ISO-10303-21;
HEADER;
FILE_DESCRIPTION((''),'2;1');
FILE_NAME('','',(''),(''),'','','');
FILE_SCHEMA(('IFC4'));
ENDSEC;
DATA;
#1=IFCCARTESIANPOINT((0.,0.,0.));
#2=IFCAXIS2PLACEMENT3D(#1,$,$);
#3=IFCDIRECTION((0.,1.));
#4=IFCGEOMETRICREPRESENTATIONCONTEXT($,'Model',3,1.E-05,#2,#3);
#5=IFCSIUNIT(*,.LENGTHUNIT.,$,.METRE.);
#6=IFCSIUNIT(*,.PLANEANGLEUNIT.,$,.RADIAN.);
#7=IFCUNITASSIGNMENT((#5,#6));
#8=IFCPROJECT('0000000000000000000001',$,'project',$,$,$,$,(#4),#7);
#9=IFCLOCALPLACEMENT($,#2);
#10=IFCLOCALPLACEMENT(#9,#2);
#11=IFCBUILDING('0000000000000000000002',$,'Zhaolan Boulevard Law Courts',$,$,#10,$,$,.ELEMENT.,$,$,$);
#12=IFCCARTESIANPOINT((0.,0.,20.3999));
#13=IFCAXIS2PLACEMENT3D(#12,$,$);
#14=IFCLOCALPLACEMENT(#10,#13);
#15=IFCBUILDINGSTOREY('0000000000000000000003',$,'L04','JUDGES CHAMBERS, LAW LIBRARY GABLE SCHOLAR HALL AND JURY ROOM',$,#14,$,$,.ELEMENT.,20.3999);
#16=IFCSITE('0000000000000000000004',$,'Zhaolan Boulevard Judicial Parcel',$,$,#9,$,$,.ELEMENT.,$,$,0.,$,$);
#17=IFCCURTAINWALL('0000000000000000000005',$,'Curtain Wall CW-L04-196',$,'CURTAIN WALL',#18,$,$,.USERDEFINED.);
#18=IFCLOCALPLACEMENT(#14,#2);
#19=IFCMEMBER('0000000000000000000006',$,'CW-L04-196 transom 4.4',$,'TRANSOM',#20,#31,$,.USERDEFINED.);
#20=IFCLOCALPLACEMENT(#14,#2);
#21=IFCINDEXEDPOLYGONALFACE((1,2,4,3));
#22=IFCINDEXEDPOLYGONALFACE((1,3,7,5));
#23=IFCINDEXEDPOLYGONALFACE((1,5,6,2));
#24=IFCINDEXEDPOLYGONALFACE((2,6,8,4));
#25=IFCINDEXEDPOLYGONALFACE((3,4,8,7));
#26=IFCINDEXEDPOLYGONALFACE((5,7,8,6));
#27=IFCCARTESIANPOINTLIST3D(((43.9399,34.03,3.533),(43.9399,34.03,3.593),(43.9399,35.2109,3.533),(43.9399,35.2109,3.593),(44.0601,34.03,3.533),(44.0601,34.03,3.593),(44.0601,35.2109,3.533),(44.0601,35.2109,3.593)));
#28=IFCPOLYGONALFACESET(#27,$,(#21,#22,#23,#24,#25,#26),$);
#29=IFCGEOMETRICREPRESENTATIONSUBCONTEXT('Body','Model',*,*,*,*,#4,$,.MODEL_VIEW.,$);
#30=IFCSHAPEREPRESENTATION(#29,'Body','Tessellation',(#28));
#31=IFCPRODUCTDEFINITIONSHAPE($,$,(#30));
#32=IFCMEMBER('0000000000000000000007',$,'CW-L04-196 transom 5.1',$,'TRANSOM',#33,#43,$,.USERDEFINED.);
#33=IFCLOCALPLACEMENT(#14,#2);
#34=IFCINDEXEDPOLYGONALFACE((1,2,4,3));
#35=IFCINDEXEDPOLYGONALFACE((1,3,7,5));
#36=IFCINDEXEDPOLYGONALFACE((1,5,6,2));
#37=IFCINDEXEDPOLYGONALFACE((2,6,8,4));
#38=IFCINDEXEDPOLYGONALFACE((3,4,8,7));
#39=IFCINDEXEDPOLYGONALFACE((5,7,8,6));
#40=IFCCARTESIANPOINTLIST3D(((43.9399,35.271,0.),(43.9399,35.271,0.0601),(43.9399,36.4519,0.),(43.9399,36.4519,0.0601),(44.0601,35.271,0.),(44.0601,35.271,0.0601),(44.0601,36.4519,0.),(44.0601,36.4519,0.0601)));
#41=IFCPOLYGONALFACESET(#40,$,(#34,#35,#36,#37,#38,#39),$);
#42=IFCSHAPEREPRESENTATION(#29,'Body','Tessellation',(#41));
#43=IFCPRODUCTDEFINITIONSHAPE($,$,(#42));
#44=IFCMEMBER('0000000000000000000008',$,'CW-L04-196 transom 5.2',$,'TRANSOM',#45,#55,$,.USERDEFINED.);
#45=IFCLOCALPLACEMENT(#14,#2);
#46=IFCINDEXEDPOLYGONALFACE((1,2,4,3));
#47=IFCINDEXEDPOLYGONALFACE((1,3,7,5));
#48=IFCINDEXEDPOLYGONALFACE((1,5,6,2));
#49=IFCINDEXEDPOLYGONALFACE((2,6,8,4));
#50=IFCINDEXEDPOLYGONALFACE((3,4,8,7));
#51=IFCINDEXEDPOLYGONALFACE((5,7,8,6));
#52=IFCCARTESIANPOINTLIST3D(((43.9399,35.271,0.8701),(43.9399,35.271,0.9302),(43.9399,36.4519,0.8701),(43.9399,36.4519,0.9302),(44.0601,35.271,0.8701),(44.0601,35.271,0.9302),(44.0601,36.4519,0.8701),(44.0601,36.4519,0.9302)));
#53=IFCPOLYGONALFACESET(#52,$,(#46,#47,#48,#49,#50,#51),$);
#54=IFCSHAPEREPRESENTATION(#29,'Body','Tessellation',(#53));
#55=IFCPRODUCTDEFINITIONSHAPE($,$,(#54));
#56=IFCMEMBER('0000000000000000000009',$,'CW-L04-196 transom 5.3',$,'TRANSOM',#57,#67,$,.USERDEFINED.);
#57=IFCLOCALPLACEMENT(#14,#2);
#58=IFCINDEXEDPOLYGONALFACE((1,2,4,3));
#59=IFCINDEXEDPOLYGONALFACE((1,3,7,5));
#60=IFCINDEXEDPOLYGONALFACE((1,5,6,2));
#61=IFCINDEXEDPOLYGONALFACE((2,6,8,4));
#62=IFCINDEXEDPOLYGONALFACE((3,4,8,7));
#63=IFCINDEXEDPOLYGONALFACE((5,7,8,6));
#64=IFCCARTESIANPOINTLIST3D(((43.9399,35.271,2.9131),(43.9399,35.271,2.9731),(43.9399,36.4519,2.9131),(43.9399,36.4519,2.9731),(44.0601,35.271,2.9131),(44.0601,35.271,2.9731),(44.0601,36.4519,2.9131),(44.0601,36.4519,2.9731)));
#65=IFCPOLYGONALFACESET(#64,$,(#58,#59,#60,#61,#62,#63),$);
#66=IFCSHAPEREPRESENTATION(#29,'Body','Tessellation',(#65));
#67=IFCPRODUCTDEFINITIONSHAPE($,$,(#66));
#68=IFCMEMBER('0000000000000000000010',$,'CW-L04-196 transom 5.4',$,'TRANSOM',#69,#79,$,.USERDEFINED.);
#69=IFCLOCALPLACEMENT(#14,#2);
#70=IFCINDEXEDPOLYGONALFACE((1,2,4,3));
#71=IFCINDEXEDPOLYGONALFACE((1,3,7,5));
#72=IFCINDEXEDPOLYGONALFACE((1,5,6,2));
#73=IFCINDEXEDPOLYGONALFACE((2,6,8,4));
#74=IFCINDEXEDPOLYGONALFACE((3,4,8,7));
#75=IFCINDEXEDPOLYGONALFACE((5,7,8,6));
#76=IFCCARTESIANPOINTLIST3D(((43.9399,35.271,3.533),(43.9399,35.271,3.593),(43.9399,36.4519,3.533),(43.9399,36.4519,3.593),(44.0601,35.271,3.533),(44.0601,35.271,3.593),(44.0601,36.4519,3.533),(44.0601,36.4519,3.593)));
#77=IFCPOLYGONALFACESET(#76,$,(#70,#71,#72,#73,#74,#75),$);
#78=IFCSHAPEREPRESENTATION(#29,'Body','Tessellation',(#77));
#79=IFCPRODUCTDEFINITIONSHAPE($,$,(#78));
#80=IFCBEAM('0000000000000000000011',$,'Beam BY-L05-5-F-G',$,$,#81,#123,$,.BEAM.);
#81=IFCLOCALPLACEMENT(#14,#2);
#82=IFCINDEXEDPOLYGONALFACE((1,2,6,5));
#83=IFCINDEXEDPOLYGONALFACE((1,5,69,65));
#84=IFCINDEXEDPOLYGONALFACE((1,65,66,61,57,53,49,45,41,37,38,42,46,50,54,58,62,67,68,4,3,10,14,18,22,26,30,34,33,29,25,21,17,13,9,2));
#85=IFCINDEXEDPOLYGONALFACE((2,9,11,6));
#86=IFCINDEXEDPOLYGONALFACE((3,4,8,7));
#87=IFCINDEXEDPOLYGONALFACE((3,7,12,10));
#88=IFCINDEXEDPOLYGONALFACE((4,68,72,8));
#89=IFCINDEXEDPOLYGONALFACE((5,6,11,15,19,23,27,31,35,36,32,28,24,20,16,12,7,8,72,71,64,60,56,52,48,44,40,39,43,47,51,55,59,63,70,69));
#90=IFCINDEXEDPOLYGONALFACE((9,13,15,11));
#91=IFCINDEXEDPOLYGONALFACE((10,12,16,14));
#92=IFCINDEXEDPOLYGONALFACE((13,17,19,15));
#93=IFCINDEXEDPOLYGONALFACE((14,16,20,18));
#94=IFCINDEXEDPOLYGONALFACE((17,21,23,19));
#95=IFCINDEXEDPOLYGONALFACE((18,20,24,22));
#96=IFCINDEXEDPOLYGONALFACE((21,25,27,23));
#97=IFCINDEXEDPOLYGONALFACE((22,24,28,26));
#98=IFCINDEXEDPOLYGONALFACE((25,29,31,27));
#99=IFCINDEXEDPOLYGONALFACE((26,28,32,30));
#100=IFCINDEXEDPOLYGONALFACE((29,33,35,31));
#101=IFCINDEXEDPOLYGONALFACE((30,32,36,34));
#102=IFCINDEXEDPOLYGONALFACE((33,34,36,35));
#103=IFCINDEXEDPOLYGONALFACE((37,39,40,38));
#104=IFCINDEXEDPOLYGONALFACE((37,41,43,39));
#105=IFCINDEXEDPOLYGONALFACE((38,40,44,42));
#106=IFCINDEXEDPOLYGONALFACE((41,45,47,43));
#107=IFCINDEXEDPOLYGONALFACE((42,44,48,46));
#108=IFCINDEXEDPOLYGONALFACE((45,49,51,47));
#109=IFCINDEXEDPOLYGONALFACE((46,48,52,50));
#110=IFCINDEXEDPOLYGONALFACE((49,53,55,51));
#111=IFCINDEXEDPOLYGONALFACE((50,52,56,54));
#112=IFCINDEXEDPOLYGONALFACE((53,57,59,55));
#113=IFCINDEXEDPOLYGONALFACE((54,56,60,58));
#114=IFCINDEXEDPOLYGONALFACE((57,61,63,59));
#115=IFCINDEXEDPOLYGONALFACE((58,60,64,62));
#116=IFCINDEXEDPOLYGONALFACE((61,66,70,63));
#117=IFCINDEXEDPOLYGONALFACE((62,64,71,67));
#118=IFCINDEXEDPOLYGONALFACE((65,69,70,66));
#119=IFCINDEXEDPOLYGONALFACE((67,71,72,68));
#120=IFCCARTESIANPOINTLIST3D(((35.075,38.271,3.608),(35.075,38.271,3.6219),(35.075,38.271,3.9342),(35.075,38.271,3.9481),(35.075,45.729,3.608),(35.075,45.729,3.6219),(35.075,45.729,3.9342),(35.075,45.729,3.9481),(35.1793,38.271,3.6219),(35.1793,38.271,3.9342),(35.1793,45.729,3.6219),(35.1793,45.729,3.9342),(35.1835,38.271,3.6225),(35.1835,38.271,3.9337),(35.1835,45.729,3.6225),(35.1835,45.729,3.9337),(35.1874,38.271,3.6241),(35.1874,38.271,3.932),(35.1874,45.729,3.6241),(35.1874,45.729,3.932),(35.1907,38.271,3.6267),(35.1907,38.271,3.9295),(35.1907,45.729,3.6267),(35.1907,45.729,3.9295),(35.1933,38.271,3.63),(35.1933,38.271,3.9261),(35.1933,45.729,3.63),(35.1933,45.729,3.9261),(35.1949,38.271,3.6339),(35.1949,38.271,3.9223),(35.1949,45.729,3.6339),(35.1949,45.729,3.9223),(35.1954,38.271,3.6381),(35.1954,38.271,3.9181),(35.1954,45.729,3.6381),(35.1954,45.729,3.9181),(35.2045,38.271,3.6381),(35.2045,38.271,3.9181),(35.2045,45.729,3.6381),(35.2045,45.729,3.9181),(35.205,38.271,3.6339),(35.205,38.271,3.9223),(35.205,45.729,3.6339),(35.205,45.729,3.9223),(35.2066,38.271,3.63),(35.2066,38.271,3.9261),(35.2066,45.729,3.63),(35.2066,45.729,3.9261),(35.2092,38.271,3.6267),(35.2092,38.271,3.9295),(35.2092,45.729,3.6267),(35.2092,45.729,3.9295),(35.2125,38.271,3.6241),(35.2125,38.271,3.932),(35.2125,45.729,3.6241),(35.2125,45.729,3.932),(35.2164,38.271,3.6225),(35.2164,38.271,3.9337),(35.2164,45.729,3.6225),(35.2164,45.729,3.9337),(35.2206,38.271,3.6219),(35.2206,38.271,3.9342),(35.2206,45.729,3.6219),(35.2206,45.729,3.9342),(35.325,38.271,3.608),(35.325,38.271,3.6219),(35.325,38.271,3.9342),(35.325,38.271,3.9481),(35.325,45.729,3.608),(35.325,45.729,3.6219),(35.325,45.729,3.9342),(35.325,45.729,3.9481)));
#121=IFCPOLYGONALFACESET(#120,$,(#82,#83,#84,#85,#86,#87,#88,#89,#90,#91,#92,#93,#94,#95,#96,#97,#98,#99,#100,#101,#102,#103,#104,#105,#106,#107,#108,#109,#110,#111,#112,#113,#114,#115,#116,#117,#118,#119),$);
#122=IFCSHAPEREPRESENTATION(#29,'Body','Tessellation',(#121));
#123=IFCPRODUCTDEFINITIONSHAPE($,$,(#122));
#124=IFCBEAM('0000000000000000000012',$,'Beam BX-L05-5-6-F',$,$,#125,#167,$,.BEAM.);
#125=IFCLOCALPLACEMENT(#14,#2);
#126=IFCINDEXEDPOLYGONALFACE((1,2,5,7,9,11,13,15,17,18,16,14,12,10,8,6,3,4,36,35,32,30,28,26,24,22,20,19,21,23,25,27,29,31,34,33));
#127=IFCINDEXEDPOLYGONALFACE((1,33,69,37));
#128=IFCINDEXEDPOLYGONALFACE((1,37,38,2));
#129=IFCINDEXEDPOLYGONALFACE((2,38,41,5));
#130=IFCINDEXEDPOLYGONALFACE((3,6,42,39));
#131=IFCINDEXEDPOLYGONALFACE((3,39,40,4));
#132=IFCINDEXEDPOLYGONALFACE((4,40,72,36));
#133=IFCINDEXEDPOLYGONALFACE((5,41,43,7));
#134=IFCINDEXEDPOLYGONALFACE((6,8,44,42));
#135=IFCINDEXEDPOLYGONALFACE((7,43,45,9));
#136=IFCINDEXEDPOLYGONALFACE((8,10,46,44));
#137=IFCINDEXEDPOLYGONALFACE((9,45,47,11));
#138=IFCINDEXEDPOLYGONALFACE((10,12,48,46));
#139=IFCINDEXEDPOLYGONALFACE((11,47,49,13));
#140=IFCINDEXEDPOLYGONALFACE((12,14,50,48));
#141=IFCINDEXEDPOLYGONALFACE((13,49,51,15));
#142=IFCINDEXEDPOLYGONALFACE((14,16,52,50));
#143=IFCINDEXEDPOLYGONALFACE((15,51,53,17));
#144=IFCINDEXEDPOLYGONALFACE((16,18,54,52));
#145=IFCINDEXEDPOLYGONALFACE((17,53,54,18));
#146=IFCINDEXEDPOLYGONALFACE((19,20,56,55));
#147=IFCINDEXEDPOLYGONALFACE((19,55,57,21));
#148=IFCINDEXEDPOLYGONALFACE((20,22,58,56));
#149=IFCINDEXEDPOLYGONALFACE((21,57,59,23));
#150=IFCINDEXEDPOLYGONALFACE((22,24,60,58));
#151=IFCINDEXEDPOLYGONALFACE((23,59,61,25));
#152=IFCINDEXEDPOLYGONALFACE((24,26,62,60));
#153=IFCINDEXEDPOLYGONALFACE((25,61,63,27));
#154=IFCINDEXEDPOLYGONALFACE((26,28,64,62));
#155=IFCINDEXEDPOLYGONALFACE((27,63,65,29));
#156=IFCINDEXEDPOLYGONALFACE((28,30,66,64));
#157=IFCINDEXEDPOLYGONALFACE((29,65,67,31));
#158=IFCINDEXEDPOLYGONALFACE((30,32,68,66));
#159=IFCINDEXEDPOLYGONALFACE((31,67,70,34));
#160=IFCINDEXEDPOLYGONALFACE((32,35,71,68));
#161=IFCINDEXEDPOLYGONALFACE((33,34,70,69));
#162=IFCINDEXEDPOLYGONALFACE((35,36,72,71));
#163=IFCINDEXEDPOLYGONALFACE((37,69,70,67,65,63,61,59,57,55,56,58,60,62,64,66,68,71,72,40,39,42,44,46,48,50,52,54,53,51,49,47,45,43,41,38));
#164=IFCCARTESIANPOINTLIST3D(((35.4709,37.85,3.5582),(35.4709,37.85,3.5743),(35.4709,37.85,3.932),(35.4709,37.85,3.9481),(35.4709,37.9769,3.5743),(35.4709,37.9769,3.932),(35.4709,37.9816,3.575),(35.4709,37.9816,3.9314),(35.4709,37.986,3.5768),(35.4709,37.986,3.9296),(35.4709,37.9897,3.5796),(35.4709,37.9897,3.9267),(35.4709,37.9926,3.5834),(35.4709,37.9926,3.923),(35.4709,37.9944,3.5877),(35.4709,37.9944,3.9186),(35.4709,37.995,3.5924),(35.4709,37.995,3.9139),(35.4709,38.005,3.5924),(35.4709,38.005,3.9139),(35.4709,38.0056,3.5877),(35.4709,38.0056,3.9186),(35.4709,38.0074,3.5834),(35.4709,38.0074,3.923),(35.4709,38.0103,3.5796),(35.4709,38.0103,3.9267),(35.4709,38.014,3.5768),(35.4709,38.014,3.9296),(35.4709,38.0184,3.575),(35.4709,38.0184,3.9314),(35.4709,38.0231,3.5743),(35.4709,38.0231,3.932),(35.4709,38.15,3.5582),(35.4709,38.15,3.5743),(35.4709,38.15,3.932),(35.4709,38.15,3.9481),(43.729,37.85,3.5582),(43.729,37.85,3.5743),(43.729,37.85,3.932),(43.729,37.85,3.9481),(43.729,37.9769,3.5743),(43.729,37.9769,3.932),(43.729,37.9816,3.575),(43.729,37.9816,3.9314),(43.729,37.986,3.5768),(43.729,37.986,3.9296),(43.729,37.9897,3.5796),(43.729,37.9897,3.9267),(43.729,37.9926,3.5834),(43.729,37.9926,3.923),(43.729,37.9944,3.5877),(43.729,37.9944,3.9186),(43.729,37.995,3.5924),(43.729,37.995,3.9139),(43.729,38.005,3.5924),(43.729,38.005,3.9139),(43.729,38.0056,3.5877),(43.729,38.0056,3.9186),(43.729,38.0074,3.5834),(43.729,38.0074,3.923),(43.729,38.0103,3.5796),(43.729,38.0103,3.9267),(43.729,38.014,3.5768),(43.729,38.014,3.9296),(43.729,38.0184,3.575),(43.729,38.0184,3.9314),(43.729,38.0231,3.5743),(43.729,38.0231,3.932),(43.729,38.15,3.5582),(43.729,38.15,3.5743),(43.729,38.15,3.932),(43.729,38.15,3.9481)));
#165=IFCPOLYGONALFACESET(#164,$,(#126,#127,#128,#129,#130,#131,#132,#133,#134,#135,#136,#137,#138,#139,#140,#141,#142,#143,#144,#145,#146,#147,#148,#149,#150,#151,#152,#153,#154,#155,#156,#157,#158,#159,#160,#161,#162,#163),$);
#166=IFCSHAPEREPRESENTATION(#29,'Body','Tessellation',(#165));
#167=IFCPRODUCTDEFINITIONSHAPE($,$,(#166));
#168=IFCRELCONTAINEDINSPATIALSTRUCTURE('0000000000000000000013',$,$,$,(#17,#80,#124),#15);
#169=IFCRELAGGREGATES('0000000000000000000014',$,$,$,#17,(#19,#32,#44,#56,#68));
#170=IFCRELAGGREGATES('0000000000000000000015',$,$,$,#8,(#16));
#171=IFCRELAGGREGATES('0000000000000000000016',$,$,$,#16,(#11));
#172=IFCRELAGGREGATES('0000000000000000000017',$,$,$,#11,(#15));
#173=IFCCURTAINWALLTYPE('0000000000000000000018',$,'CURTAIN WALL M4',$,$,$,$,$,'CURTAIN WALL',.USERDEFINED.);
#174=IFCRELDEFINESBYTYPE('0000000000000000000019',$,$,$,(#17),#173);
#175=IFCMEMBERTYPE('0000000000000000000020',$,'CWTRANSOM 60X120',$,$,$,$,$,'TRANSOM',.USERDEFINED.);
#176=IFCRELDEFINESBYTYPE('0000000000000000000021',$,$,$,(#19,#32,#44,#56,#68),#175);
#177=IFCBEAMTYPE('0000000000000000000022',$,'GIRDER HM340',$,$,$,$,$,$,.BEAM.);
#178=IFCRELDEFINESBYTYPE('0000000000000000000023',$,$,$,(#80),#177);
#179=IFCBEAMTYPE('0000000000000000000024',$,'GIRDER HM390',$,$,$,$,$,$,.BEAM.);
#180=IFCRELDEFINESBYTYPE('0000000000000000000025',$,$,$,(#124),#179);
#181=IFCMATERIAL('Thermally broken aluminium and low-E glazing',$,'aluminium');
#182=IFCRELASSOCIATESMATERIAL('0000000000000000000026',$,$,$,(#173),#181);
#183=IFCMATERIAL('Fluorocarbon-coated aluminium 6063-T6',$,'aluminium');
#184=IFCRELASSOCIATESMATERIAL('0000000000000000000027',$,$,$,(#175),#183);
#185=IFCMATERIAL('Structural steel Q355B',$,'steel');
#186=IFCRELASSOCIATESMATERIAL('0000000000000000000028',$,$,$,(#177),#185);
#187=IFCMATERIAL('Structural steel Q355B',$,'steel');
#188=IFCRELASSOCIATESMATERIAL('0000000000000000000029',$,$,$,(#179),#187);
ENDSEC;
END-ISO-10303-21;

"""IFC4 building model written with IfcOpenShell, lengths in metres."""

from ifc_helpers import new_model, si_unit, direction, frame, origin, origin_2d, place, context, subcontext, project, spatial, rectangle, i_section, extrude, material, material_profile, profile_set, type_object, element, aggregate, save


model = new_model("IFC4")

# Units and contexts
model_context = context("Model", 3, precision=1e-05, world=origin(), true_north=direction((0.0, 1.0)))
body_context = subcontext(model_context, "Body", "Model", "MODEL_VIEW")
ifc_project = project(units=[si_unit("LENGTHUNIT", "METRE"), si_unit("PLANEANGLEUNIT", "RADIAN")], contexts=[model_context])

# Site, building, storey
site_placement = place(None, origin())
site = spatial("IfcSite", under=ifc_project, at=site_placement, Name="Zhaolan Boulevard Judicial Parcel", CompositionType="ELEMENT", RefElevation=0.0)
building_placement = place(site_placement, origin())
building = spatial("IfcBuilding", under=site, at=building_placement, Name="Zhaolan Boulevard Law Courts", CompositionType="ELEMENT")
storey_placement = place(building_placement, frame((0.0, 0.0, 20.3999)))
storey = spatial("IfcBuildingStorey", under=building, at=storey_placement, Name="L04", Description="JUDGES CHAMBERS, LAW LIBRARY GABLE SCHOLAR HALL AND JURY ROOM", CompositionType="ELEMENT", Elevation=20.3999)

# Curtain wall, members
ifc_material_1 = material(Name="Thermally broken aluminium and low-E glazing", Category="aluminium")
curtain_wall_type = type_object("IfcCurtainWallType", Name="CURTAIN WALL M4", ElementType="CURTAIN WALL", PredefinedType="USERDEFINED", material=ifc_material_1)
curtain_wall_placement = place(storey_placement, origin())
curtain_wall = element("IfcCurtainWall", 1, at=curtain_wall_placement, inside=storey, type_object=curtain_wall_type, Name="Curtain Wall CW-L04-196", ObjectType="CURTAIN WALL", PredefinedType="USERDEFINED")
ifc_material_2 = material(Name="Fluorocarbon-coated aluminium 6063-T6", Category="aluminium")
ifc_material_profile_1 = material_profile(ifc_material_2, rectangle(XDim=0.1201, YDim=0.0601, at=origin_2d()), Name="AL60x120")
ifc_profile_set_1 = profile_set([ifc_material_profile_1], Name="Fluorocarbon-coated aluminium 6063-T6")
member_type_1 = type_object("IfcMemberType", Name="CWTRANSOM 60X120", ElementType="TRANSOM", PredefinedType="USERDEFINED", material=ifc_profile_set_1)
member_1_placement = place(storey_placement, frame((44.0, 34.03, 3.563), z_axis=(0.0, 1.0, 0.0), x_axis=(-1.0, 0.0, 0.0)))
member_1 = element("IfcMember", 2, at=member_1_placement, type_object=member_type_1, Name="CW-L04-196 transom 4.4", ObjectType="TRANSOM", PredefinedType="USERDEFINED", context=body_context, shape_type="SweptSolid", body=[
    extrude(rectangle(XDim=0.1201, YDim=0.0601, at=origin_2d()), origin(), (0.0, 0.0, 1.0), 1.1809),
])
member_2_placement = place(storey_placement, frame((44.0, 35.271, 0.03), z_axis=(0.0, 1.0, 0.0), x_axis=(-1.0, 0.0, 0.0)))
member_2 = element("IfcMember", 3, at=member_2_placement, type_object=member_type_1, Name="CW-L04-196 transom 5.1", ObjectType="TRANSOM", PredefinedType="USERDEFINED", context=body_context, shape_type="SweptSolid", body=[
    extrude(rectangle(XDim=0.1201, YDim=0.0601, at=origin_2d()), origin(), (0.0, 0.0, 1.0), 1.1809),
])
member_3_placement = place(storey_placement, frame((44.0, 35.271, 0.9001), z_axis=(0.0, 1.0, 0.0), x_axis=(-1.0, 0.0, 0.0)))
member_3 = element("IfcMember", 4, at=member_3_placement, type_object=member_type_1, Name="CW-L04-196 transom 5.2", ObjectType="TRANSOM", PredefinedType="USERDEFINED", context=body_context, shape_type="SweptSolid", body=[
    extrude(rectangle(XDim=0.1201, YDim=0.0601, at=origin_2d()), origin(), (0.0, 0.0, 1.0), 1.1809),
])
member_4_placement = place(storey_placement, frame((44.0, 35.271, 2.9431), z_axis=(0.0, 1.0, 0.0), x_axis=(-1.0, 0.0, 0.0)))
member_4 = element("IfcMember", 5, at=member_4_placement, type_object=member_type_1, Name="CW-L04-196 transom 5.3", ObjectType="TRANSOM", PredefinedType="USERDEFINED", context=body_context, shape_type="SweptSolid", body=[
    extrude(rectangle(XDim=0.1201, YDim=0.0601, at=origin_2d()), origin(), (0.0, 0.0, 1.0), 1.1809),
])
member_5_placement = place(storey_placement, frame((44.0, 35.271, 3.563), z_axis=(0.0, 1.0, 0.0), x_axis=(-1.0, 0.0, 0.0)))
member_5 = element("IfcMember", 6, at=member_5_placement, type_object=member_type_1, Name="CW-L04-196 transom 5.4", ObjectType="TRANSOM", PredefinedType="USERDEFINED", context=body_context, shape_type="SweptSolid", body=[
    extrude(rectangle(XDim=0.1201, YDim=0.0601, at=origin_2d()), origin(), (0.0, 0.0, 1.0), 1.1809),
])

# Beams
ifc_material_3 = material(Name="Structural steel Q355B", Category="steel")
ifc_material_profile_2 = material_profile(ifc_material_3, i_section(OverallWidth=0.25, OverallDepth=0.3401, WebThickness=0.009, FlangeThickness=0.0139, FilletRadius=0.0161, at=origin_2d()), Name="HM340x250")
ifc_profile_set_2 = profile_set([ifc_material_profile_2], Name="Structural steel Q355B")
beam_type_1 = type_object("IfcBeamType", Name="GIRDER HM340", PredefinedType="BEAM", material=ifc_profile_set_2)
beam_1_placement = place(storey_placement, frame((35.2, 38.271, 3.7781), z_axis=(0.0, 1.0, 0.0), x_axis=(-1.0, 0.0, 0.0)))
element("IfcBeam", 7, at=beam_1_placement, inside=storey, type_object=beam_type_1, Name="Beam BY-L05-5-F-G", PredefinedType="BEAM", context=body_context, shape_type="SweptSolid", body=[
    extrude(i_section(OverallWidth=0.25, OverallDepth=0.3401, WebThickness=0.009, FlangeThickness=0.0139, FilletRadius=0.0161, at=origin_2d()), origin(), (0.0, 0.0, 1.0), 7.458),
])
ifc_material_4 = material(Name="Structural steel Q355B", Category="steel")
ifc_material_profile_3 = material_profile(ifc_material_4, i_section(OverallWidth=0.3, OverallDepth=0.3899, WebThickness=0.01, FlangeThickness=0.0161, FilletRadius=0.0181, at=origin_2d()), Name="HM390x300")
ifc_profile_set_3 = profile_set([ifc_material_profile_3], Name="Structural steel Q355B")
beam_type_2 = type_object("IfcBeamType", Name="GIRDER HM390", PredefinedType="BEAM", material=ifc_profile_set_3)
beam_2_placement = place(storey_placement, frame((35.4709, 38.0, 3.7532), z_axis=(1.0, 0.0, 0.0), x_axis=(0.0, 1.0, 0.0)))
element("IfcBeam", 8, at=beam_2_placement, inside=storey, type_object=beam_type_2, Name="Beam BX-L05-5-6-F", PredefinedType="BEAM", context=body_context, shape_type="SweptSolid", body=[
    extrude(i_section(OverallWidth=0.3, OverallDepth=0.3899, WebThickness=0.01, FlangeThickness=0.0161, FilletRadius=0.0181, at=origin_2d()), origin(), (0.0, 0.0, 1.0), 8.2581),
])

aggregate(curtain_wall, [member_1, member_2, member_3, member_4, member_5])

save(model, "model.ifc")
